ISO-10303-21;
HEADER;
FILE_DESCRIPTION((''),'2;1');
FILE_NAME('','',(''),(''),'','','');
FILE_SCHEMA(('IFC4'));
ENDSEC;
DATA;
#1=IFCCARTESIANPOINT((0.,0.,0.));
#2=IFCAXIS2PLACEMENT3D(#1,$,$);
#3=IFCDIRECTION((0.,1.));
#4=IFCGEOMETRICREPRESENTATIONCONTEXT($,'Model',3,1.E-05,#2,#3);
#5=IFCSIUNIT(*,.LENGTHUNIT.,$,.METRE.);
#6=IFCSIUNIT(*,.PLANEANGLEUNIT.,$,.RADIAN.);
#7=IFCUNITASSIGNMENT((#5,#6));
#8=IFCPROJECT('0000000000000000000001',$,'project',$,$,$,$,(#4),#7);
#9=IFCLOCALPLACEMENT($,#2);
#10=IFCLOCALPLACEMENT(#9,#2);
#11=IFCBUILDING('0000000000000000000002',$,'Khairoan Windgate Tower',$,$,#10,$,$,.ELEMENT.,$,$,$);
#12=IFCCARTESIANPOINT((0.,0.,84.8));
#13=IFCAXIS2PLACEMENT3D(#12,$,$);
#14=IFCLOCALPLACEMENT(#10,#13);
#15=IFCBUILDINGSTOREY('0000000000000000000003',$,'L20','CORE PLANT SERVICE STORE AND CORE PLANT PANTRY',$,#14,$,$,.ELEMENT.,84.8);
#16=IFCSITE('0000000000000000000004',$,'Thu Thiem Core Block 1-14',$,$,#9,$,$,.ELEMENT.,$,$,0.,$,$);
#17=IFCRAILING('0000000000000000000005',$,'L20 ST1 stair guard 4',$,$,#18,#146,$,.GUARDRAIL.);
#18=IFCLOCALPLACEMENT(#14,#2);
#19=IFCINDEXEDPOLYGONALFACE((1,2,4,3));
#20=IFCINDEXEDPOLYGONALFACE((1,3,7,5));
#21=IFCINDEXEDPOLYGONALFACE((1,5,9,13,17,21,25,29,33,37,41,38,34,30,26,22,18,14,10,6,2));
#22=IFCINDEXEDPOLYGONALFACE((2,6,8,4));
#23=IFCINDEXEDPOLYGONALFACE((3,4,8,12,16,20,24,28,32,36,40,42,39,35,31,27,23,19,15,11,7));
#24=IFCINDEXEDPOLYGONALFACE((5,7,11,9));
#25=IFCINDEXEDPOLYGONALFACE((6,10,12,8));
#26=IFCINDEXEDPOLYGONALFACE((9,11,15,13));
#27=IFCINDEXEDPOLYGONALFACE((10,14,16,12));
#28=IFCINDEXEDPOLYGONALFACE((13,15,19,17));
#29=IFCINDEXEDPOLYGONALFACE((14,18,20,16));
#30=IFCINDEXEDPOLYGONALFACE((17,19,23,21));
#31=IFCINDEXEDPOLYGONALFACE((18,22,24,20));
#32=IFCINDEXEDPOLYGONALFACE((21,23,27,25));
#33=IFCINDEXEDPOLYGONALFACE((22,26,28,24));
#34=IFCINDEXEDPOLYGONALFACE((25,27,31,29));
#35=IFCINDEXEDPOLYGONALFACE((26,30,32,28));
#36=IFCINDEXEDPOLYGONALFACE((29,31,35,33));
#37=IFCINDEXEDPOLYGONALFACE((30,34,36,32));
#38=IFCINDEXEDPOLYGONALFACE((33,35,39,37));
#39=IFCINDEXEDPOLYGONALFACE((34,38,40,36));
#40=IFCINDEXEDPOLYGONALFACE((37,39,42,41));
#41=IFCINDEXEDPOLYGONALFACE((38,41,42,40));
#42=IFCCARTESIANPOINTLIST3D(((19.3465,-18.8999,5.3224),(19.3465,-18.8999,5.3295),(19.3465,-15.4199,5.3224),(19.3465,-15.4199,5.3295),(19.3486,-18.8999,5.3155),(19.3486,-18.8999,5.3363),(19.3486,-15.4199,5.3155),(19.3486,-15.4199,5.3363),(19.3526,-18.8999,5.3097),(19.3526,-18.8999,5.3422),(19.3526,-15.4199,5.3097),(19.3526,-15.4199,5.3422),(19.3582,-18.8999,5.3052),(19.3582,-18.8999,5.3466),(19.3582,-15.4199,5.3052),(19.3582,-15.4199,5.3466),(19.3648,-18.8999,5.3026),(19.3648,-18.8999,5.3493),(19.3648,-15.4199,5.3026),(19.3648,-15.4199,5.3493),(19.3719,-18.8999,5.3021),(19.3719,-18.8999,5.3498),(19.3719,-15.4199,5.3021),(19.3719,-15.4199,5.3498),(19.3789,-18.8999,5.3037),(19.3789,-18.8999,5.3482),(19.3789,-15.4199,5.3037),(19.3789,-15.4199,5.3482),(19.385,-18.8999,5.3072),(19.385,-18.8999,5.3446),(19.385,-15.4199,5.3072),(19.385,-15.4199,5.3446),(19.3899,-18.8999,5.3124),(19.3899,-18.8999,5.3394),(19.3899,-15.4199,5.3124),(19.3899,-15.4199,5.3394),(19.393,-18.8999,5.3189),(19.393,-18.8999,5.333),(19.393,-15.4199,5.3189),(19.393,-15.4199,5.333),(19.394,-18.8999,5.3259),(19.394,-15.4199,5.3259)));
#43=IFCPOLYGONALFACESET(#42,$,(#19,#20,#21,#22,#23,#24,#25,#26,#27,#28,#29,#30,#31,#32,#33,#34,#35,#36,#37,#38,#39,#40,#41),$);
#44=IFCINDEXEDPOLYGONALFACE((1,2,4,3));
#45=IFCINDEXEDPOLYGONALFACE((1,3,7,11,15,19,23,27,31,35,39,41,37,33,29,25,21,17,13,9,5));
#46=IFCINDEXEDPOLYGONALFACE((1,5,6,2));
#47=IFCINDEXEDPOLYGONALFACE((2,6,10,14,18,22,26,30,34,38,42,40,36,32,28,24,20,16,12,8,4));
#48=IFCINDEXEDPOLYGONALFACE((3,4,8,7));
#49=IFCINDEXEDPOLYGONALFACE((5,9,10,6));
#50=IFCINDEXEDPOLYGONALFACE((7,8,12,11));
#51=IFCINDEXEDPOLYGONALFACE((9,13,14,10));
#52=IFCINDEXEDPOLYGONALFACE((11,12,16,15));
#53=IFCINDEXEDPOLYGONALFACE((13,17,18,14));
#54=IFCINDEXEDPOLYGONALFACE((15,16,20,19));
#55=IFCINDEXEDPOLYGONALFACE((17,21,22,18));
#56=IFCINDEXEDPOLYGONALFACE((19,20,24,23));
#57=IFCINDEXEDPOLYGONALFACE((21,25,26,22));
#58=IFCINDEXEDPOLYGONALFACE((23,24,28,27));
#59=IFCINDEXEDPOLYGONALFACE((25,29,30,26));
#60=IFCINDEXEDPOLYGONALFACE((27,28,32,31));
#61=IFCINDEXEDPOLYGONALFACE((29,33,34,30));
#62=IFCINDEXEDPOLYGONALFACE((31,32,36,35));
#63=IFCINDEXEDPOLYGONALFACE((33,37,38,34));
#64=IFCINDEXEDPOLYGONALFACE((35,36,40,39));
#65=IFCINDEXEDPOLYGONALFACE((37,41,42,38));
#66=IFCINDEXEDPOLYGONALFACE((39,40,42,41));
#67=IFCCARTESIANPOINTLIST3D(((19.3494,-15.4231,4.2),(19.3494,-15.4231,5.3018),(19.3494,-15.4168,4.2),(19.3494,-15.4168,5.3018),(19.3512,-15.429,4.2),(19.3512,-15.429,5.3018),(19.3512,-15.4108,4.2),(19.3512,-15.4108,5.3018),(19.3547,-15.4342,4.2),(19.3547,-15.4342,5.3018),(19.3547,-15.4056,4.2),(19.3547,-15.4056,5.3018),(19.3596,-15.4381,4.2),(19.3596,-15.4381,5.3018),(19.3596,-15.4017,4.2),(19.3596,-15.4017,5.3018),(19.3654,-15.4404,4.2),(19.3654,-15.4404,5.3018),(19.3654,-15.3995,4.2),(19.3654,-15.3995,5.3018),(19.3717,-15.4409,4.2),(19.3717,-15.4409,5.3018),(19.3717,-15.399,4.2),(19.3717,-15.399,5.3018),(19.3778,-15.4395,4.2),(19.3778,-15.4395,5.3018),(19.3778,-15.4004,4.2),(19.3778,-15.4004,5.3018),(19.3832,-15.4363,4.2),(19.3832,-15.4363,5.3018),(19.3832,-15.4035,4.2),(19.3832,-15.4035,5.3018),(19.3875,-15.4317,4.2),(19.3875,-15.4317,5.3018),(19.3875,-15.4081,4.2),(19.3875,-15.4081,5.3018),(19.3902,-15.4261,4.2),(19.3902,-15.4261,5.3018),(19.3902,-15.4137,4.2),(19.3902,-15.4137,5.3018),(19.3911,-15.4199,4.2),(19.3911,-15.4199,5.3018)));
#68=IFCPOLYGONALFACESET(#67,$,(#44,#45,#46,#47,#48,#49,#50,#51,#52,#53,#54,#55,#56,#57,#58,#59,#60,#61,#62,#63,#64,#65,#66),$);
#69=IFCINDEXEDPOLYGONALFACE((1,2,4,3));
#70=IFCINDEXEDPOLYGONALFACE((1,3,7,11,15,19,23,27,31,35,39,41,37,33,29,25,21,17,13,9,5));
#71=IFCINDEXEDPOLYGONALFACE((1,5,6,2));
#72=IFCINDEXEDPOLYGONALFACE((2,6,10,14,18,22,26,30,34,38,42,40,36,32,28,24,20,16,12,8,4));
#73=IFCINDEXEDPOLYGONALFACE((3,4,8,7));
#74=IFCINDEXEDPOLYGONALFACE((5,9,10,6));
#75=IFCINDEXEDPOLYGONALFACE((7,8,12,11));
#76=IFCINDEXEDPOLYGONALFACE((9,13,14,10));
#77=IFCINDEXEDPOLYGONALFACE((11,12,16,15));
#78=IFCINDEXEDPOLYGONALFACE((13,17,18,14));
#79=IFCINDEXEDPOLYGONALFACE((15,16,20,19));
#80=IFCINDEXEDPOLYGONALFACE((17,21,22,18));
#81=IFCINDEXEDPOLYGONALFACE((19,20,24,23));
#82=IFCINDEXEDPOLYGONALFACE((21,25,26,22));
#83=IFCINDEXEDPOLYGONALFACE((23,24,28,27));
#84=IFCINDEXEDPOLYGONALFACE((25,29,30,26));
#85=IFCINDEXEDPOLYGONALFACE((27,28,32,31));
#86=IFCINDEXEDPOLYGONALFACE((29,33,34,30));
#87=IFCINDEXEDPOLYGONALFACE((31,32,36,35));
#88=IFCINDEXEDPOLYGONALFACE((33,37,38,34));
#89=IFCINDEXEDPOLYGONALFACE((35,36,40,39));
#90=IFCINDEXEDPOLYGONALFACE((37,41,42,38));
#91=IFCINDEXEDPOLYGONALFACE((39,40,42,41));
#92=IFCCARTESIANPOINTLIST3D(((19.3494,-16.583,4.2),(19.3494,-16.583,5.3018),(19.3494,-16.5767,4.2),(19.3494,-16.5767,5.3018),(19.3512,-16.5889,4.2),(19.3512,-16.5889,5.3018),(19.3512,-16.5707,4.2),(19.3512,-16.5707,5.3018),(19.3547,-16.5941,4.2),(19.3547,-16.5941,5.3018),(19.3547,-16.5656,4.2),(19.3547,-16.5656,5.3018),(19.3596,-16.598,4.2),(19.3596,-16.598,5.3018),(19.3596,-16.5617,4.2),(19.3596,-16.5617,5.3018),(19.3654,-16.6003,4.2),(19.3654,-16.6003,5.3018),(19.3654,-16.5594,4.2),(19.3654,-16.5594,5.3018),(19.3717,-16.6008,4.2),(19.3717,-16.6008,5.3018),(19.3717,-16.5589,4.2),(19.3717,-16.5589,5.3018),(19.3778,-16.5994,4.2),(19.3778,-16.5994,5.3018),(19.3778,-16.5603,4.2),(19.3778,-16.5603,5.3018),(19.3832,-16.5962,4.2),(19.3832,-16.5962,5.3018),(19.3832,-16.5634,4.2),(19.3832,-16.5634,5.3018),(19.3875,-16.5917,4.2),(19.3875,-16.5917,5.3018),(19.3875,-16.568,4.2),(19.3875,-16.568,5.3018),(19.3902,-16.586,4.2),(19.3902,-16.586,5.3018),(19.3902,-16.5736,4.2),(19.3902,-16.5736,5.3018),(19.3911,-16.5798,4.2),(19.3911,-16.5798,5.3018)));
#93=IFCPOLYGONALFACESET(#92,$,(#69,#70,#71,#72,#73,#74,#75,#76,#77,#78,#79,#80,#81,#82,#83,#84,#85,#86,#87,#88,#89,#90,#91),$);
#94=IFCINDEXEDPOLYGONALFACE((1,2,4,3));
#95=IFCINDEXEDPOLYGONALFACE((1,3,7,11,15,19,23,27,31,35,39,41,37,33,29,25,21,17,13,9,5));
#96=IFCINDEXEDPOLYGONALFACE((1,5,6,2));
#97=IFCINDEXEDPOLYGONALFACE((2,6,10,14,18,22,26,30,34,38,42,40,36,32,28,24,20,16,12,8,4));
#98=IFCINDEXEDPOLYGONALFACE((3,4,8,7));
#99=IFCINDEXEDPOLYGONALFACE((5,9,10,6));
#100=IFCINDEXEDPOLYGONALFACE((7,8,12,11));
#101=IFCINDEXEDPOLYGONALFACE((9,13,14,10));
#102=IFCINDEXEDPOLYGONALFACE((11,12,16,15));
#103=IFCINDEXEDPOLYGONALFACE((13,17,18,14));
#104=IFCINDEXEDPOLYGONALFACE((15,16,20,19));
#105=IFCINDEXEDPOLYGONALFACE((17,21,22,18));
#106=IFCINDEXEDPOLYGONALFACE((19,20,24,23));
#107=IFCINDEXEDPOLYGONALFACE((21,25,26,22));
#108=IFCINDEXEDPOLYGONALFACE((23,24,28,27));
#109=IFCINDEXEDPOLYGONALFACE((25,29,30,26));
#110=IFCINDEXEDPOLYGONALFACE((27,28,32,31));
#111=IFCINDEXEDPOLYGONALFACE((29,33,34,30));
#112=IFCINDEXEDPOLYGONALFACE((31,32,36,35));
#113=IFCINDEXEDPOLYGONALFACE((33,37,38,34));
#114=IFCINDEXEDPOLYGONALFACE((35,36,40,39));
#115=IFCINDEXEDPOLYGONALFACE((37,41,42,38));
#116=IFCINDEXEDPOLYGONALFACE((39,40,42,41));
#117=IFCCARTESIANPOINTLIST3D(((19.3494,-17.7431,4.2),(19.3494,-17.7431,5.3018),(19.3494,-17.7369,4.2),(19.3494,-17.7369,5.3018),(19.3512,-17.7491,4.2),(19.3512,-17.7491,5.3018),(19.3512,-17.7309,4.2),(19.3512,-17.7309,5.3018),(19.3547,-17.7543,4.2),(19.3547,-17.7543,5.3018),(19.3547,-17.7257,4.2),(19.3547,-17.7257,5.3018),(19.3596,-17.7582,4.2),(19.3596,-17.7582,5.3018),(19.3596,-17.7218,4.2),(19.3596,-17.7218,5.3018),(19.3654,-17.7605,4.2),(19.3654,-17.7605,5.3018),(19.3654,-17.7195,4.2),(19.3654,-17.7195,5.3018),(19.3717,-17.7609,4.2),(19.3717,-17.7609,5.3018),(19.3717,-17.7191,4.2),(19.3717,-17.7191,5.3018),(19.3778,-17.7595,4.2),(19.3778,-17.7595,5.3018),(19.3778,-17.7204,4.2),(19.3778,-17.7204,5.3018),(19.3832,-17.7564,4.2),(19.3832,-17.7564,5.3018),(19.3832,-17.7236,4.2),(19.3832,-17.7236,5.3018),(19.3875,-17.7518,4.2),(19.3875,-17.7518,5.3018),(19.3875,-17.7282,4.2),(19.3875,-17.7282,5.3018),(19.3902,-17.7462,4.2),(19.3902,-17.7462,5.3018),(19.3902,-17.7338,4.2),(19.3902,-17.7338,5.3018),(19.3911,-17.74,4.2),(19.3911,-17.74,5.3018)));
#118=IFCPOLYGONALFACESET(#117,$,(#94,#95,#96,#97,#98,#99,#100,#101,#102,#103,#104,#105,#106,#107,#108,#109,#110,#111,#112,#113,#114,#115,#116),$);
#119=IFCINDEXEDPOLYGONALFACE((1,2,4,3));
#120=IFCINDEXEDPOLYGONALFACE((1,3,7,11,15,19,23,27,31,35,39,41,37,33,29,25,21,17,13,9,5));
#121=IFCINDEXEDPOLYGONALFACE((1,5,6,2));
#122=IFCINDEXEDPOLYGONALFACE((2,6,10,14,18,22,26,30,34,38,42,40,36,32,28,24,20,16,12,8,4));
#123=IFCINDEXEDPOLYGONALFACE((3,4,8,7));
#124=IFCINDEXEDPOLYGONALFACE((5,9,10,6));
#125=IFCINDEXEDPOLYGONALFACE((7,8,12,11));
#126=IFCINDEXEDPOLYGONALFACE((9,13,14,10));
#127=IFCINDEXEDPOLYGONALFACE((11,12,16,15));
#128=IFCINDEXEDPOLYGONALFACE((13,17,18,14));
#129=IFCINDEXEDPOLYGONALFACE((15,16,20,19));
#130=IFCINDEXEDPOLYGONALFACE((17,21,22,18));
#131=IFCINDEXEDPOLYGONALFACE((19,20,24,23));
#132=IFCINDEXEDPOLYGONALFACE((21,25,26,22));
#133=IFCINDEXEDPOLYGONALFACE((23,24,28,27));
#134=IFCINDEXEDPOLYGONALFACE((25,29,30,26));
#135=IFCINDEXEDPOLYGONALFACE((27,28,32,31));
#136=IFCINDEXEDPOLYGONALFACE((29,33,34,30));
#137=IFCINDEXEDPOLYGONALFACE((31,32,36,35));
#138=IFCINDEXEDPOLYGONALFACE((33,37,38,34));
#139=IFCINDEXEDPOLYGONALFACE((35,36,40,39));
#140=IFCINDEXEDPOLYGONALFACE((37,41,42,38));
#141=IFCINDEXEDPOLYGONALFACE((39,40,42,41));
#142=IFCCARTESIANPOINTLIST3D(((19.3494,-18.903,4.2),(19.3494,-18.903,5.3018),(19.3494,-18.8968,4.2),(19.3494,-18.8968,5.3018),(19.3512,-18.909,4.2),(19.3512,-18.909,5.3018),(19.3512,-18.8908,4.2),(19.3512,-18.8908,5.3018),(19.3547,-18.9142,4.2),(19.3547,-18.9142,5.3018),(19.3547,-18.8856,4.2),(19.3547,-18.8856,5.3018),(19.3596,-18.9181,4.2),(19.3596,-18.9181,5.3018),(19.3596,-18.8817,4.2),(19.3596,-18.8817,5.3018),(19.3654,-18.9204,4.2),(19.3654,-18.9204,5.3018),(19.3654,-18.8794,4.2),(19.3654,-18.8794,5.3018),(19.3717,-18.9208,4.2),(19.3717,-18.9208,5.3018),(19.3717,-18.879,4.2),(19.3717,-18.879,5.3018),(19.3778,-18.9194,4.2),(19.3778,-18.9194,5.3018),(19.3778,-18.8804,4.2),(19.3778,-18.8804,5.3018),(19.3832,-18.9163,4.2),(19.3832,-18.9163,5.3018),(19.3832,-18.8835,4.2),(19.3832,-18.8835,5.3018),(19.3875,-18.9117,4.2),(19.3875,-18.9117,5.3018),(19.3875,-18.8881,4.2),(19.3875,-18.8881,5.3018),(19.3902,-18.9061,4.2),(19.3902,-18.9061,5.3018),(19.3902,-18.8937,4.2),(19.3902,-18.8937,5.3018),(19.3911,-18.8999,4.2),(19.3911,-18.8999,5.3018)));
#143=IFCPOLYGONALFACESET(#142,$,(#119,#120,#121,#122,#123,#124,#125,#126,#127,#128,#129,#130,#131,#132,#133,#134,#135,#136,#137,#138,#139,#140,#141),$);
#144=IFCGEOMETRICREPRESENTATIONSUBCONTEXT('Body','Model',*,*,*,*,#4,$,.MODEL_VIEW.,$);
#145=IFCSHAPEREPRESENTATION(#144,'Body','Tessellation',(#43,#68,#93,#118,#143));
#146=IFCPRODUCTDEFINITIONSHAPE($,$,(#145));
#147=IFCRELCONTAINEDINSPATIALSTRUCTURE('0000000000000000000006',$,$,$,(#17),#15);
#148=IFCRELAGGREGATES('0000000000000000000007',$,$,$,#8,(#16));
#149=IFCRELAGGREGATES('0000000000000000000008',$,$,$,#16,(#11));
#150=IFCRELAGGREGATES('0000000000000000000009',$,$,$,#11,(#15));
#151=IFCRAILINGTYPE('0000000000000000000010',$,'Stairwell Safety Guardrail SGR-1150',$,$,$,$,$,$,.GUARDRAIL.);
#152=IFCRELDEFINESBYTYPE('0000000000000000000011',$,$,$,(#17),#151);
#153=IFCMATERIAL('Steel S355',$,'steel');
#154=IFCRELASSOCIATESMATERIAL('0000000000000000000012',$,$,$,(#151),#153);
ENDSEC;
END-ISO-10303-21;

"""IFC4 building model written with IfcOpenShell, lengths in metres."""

from ifc_helpers import new_model, si_unit, direction, frame, origin, origin_2d, place, context, subcontext, project, spatial, circle, extrude, material, type_object, element, save


model = new_model("IFC4")

# Units and contexts
model_context = context("Model", 3, precision=1e-05, world=origin(), true_north=direction((0.0, 1.0)))
body_context = subcontext(model_context, "Body", "Model", "MODEL_VIEW")
ifc_project = project(units=[si_unit("LENGTHUNIT", "METRE"), si_unit("PLANEANGLEUNIT", "RADIAN")], contexts=[model_context])

# Site, building, storey
site_placement = place(None, origin())
site = spatial("IfcSite", under=ifc_project, at=site_placement, Name="Thu Thiem Core Block 1-14", CompositionType="ELEMENT", RefElevation=0.0)
building_placement = place(site_placement, origin())
building = spatial("IfcBuilding", under=site, at=building_placement, Name="Khairoan Windgate Tower", CompositionType="ELEMENT")
storey_placement = place(building_placement, frame((0.0, 0.0, 84.8)))
storey = spatial("IfcBuildingStorey", under=building, at=storey_placement, Name="L20", Description="CORE PLANT SERVICE STORE AND CORE PLANT PANTRY", CompositionType="ELEMENT", Elevation=84.8)

# Railing
ifc_material_1 = material(Name="Steel S355", Category="steel")
railing_type_1 = type_object("IfcRailingType", Name="Stairwell Safety Guardrail SGR-1150", PredefinedType="GUARDRAIL", material=ifc_material_1)
for number, where, name in (
    (1, (19.3701, -15.4199, 4.2), "L20 ST1 stair guard 4"),
):
    element("IfcRailing", number, at=place(storey_placement, frame(where)), inside=storey, type_object=railing_type_1, Name=name, PredefinedType="GUARDRAIL", context=body_context, shape_type="SweptSolid", body=[
        extrude(circle(Radius=0.0239, at=origin_2d()), frame((0.0, 0.0, 1.126), z_axis=(0.0, -1.0, 0.0), x_axis=(1.0, 0.0, 0.0)), (0.0, 0.0, 1.0), 3.48),
        extrude(circle(Radius=0.021, at=origin_2d()), origin(), (0.0, 0.0, 1.0), 1.1018),
        extrude(circle(Radius=0.021, at=origin_2d()), frame((0.0, -1.1599, 0.0)), (0.0, 0.0, 1.0), 1.1018),
        extrude(circle(Radius=0.021, at=origin_2d()), frame((0.0, -2.3201, 0.0)), (0.0, 0.0, 1.0), 1.1018),
        extrude(circle(Radius=0.021, at=origin_2d()), frame((0.0, -3.48, 0.0)), (0.0, 0.0, 1.0), 1.1018),
    ])

save(model, "model.ifc")
